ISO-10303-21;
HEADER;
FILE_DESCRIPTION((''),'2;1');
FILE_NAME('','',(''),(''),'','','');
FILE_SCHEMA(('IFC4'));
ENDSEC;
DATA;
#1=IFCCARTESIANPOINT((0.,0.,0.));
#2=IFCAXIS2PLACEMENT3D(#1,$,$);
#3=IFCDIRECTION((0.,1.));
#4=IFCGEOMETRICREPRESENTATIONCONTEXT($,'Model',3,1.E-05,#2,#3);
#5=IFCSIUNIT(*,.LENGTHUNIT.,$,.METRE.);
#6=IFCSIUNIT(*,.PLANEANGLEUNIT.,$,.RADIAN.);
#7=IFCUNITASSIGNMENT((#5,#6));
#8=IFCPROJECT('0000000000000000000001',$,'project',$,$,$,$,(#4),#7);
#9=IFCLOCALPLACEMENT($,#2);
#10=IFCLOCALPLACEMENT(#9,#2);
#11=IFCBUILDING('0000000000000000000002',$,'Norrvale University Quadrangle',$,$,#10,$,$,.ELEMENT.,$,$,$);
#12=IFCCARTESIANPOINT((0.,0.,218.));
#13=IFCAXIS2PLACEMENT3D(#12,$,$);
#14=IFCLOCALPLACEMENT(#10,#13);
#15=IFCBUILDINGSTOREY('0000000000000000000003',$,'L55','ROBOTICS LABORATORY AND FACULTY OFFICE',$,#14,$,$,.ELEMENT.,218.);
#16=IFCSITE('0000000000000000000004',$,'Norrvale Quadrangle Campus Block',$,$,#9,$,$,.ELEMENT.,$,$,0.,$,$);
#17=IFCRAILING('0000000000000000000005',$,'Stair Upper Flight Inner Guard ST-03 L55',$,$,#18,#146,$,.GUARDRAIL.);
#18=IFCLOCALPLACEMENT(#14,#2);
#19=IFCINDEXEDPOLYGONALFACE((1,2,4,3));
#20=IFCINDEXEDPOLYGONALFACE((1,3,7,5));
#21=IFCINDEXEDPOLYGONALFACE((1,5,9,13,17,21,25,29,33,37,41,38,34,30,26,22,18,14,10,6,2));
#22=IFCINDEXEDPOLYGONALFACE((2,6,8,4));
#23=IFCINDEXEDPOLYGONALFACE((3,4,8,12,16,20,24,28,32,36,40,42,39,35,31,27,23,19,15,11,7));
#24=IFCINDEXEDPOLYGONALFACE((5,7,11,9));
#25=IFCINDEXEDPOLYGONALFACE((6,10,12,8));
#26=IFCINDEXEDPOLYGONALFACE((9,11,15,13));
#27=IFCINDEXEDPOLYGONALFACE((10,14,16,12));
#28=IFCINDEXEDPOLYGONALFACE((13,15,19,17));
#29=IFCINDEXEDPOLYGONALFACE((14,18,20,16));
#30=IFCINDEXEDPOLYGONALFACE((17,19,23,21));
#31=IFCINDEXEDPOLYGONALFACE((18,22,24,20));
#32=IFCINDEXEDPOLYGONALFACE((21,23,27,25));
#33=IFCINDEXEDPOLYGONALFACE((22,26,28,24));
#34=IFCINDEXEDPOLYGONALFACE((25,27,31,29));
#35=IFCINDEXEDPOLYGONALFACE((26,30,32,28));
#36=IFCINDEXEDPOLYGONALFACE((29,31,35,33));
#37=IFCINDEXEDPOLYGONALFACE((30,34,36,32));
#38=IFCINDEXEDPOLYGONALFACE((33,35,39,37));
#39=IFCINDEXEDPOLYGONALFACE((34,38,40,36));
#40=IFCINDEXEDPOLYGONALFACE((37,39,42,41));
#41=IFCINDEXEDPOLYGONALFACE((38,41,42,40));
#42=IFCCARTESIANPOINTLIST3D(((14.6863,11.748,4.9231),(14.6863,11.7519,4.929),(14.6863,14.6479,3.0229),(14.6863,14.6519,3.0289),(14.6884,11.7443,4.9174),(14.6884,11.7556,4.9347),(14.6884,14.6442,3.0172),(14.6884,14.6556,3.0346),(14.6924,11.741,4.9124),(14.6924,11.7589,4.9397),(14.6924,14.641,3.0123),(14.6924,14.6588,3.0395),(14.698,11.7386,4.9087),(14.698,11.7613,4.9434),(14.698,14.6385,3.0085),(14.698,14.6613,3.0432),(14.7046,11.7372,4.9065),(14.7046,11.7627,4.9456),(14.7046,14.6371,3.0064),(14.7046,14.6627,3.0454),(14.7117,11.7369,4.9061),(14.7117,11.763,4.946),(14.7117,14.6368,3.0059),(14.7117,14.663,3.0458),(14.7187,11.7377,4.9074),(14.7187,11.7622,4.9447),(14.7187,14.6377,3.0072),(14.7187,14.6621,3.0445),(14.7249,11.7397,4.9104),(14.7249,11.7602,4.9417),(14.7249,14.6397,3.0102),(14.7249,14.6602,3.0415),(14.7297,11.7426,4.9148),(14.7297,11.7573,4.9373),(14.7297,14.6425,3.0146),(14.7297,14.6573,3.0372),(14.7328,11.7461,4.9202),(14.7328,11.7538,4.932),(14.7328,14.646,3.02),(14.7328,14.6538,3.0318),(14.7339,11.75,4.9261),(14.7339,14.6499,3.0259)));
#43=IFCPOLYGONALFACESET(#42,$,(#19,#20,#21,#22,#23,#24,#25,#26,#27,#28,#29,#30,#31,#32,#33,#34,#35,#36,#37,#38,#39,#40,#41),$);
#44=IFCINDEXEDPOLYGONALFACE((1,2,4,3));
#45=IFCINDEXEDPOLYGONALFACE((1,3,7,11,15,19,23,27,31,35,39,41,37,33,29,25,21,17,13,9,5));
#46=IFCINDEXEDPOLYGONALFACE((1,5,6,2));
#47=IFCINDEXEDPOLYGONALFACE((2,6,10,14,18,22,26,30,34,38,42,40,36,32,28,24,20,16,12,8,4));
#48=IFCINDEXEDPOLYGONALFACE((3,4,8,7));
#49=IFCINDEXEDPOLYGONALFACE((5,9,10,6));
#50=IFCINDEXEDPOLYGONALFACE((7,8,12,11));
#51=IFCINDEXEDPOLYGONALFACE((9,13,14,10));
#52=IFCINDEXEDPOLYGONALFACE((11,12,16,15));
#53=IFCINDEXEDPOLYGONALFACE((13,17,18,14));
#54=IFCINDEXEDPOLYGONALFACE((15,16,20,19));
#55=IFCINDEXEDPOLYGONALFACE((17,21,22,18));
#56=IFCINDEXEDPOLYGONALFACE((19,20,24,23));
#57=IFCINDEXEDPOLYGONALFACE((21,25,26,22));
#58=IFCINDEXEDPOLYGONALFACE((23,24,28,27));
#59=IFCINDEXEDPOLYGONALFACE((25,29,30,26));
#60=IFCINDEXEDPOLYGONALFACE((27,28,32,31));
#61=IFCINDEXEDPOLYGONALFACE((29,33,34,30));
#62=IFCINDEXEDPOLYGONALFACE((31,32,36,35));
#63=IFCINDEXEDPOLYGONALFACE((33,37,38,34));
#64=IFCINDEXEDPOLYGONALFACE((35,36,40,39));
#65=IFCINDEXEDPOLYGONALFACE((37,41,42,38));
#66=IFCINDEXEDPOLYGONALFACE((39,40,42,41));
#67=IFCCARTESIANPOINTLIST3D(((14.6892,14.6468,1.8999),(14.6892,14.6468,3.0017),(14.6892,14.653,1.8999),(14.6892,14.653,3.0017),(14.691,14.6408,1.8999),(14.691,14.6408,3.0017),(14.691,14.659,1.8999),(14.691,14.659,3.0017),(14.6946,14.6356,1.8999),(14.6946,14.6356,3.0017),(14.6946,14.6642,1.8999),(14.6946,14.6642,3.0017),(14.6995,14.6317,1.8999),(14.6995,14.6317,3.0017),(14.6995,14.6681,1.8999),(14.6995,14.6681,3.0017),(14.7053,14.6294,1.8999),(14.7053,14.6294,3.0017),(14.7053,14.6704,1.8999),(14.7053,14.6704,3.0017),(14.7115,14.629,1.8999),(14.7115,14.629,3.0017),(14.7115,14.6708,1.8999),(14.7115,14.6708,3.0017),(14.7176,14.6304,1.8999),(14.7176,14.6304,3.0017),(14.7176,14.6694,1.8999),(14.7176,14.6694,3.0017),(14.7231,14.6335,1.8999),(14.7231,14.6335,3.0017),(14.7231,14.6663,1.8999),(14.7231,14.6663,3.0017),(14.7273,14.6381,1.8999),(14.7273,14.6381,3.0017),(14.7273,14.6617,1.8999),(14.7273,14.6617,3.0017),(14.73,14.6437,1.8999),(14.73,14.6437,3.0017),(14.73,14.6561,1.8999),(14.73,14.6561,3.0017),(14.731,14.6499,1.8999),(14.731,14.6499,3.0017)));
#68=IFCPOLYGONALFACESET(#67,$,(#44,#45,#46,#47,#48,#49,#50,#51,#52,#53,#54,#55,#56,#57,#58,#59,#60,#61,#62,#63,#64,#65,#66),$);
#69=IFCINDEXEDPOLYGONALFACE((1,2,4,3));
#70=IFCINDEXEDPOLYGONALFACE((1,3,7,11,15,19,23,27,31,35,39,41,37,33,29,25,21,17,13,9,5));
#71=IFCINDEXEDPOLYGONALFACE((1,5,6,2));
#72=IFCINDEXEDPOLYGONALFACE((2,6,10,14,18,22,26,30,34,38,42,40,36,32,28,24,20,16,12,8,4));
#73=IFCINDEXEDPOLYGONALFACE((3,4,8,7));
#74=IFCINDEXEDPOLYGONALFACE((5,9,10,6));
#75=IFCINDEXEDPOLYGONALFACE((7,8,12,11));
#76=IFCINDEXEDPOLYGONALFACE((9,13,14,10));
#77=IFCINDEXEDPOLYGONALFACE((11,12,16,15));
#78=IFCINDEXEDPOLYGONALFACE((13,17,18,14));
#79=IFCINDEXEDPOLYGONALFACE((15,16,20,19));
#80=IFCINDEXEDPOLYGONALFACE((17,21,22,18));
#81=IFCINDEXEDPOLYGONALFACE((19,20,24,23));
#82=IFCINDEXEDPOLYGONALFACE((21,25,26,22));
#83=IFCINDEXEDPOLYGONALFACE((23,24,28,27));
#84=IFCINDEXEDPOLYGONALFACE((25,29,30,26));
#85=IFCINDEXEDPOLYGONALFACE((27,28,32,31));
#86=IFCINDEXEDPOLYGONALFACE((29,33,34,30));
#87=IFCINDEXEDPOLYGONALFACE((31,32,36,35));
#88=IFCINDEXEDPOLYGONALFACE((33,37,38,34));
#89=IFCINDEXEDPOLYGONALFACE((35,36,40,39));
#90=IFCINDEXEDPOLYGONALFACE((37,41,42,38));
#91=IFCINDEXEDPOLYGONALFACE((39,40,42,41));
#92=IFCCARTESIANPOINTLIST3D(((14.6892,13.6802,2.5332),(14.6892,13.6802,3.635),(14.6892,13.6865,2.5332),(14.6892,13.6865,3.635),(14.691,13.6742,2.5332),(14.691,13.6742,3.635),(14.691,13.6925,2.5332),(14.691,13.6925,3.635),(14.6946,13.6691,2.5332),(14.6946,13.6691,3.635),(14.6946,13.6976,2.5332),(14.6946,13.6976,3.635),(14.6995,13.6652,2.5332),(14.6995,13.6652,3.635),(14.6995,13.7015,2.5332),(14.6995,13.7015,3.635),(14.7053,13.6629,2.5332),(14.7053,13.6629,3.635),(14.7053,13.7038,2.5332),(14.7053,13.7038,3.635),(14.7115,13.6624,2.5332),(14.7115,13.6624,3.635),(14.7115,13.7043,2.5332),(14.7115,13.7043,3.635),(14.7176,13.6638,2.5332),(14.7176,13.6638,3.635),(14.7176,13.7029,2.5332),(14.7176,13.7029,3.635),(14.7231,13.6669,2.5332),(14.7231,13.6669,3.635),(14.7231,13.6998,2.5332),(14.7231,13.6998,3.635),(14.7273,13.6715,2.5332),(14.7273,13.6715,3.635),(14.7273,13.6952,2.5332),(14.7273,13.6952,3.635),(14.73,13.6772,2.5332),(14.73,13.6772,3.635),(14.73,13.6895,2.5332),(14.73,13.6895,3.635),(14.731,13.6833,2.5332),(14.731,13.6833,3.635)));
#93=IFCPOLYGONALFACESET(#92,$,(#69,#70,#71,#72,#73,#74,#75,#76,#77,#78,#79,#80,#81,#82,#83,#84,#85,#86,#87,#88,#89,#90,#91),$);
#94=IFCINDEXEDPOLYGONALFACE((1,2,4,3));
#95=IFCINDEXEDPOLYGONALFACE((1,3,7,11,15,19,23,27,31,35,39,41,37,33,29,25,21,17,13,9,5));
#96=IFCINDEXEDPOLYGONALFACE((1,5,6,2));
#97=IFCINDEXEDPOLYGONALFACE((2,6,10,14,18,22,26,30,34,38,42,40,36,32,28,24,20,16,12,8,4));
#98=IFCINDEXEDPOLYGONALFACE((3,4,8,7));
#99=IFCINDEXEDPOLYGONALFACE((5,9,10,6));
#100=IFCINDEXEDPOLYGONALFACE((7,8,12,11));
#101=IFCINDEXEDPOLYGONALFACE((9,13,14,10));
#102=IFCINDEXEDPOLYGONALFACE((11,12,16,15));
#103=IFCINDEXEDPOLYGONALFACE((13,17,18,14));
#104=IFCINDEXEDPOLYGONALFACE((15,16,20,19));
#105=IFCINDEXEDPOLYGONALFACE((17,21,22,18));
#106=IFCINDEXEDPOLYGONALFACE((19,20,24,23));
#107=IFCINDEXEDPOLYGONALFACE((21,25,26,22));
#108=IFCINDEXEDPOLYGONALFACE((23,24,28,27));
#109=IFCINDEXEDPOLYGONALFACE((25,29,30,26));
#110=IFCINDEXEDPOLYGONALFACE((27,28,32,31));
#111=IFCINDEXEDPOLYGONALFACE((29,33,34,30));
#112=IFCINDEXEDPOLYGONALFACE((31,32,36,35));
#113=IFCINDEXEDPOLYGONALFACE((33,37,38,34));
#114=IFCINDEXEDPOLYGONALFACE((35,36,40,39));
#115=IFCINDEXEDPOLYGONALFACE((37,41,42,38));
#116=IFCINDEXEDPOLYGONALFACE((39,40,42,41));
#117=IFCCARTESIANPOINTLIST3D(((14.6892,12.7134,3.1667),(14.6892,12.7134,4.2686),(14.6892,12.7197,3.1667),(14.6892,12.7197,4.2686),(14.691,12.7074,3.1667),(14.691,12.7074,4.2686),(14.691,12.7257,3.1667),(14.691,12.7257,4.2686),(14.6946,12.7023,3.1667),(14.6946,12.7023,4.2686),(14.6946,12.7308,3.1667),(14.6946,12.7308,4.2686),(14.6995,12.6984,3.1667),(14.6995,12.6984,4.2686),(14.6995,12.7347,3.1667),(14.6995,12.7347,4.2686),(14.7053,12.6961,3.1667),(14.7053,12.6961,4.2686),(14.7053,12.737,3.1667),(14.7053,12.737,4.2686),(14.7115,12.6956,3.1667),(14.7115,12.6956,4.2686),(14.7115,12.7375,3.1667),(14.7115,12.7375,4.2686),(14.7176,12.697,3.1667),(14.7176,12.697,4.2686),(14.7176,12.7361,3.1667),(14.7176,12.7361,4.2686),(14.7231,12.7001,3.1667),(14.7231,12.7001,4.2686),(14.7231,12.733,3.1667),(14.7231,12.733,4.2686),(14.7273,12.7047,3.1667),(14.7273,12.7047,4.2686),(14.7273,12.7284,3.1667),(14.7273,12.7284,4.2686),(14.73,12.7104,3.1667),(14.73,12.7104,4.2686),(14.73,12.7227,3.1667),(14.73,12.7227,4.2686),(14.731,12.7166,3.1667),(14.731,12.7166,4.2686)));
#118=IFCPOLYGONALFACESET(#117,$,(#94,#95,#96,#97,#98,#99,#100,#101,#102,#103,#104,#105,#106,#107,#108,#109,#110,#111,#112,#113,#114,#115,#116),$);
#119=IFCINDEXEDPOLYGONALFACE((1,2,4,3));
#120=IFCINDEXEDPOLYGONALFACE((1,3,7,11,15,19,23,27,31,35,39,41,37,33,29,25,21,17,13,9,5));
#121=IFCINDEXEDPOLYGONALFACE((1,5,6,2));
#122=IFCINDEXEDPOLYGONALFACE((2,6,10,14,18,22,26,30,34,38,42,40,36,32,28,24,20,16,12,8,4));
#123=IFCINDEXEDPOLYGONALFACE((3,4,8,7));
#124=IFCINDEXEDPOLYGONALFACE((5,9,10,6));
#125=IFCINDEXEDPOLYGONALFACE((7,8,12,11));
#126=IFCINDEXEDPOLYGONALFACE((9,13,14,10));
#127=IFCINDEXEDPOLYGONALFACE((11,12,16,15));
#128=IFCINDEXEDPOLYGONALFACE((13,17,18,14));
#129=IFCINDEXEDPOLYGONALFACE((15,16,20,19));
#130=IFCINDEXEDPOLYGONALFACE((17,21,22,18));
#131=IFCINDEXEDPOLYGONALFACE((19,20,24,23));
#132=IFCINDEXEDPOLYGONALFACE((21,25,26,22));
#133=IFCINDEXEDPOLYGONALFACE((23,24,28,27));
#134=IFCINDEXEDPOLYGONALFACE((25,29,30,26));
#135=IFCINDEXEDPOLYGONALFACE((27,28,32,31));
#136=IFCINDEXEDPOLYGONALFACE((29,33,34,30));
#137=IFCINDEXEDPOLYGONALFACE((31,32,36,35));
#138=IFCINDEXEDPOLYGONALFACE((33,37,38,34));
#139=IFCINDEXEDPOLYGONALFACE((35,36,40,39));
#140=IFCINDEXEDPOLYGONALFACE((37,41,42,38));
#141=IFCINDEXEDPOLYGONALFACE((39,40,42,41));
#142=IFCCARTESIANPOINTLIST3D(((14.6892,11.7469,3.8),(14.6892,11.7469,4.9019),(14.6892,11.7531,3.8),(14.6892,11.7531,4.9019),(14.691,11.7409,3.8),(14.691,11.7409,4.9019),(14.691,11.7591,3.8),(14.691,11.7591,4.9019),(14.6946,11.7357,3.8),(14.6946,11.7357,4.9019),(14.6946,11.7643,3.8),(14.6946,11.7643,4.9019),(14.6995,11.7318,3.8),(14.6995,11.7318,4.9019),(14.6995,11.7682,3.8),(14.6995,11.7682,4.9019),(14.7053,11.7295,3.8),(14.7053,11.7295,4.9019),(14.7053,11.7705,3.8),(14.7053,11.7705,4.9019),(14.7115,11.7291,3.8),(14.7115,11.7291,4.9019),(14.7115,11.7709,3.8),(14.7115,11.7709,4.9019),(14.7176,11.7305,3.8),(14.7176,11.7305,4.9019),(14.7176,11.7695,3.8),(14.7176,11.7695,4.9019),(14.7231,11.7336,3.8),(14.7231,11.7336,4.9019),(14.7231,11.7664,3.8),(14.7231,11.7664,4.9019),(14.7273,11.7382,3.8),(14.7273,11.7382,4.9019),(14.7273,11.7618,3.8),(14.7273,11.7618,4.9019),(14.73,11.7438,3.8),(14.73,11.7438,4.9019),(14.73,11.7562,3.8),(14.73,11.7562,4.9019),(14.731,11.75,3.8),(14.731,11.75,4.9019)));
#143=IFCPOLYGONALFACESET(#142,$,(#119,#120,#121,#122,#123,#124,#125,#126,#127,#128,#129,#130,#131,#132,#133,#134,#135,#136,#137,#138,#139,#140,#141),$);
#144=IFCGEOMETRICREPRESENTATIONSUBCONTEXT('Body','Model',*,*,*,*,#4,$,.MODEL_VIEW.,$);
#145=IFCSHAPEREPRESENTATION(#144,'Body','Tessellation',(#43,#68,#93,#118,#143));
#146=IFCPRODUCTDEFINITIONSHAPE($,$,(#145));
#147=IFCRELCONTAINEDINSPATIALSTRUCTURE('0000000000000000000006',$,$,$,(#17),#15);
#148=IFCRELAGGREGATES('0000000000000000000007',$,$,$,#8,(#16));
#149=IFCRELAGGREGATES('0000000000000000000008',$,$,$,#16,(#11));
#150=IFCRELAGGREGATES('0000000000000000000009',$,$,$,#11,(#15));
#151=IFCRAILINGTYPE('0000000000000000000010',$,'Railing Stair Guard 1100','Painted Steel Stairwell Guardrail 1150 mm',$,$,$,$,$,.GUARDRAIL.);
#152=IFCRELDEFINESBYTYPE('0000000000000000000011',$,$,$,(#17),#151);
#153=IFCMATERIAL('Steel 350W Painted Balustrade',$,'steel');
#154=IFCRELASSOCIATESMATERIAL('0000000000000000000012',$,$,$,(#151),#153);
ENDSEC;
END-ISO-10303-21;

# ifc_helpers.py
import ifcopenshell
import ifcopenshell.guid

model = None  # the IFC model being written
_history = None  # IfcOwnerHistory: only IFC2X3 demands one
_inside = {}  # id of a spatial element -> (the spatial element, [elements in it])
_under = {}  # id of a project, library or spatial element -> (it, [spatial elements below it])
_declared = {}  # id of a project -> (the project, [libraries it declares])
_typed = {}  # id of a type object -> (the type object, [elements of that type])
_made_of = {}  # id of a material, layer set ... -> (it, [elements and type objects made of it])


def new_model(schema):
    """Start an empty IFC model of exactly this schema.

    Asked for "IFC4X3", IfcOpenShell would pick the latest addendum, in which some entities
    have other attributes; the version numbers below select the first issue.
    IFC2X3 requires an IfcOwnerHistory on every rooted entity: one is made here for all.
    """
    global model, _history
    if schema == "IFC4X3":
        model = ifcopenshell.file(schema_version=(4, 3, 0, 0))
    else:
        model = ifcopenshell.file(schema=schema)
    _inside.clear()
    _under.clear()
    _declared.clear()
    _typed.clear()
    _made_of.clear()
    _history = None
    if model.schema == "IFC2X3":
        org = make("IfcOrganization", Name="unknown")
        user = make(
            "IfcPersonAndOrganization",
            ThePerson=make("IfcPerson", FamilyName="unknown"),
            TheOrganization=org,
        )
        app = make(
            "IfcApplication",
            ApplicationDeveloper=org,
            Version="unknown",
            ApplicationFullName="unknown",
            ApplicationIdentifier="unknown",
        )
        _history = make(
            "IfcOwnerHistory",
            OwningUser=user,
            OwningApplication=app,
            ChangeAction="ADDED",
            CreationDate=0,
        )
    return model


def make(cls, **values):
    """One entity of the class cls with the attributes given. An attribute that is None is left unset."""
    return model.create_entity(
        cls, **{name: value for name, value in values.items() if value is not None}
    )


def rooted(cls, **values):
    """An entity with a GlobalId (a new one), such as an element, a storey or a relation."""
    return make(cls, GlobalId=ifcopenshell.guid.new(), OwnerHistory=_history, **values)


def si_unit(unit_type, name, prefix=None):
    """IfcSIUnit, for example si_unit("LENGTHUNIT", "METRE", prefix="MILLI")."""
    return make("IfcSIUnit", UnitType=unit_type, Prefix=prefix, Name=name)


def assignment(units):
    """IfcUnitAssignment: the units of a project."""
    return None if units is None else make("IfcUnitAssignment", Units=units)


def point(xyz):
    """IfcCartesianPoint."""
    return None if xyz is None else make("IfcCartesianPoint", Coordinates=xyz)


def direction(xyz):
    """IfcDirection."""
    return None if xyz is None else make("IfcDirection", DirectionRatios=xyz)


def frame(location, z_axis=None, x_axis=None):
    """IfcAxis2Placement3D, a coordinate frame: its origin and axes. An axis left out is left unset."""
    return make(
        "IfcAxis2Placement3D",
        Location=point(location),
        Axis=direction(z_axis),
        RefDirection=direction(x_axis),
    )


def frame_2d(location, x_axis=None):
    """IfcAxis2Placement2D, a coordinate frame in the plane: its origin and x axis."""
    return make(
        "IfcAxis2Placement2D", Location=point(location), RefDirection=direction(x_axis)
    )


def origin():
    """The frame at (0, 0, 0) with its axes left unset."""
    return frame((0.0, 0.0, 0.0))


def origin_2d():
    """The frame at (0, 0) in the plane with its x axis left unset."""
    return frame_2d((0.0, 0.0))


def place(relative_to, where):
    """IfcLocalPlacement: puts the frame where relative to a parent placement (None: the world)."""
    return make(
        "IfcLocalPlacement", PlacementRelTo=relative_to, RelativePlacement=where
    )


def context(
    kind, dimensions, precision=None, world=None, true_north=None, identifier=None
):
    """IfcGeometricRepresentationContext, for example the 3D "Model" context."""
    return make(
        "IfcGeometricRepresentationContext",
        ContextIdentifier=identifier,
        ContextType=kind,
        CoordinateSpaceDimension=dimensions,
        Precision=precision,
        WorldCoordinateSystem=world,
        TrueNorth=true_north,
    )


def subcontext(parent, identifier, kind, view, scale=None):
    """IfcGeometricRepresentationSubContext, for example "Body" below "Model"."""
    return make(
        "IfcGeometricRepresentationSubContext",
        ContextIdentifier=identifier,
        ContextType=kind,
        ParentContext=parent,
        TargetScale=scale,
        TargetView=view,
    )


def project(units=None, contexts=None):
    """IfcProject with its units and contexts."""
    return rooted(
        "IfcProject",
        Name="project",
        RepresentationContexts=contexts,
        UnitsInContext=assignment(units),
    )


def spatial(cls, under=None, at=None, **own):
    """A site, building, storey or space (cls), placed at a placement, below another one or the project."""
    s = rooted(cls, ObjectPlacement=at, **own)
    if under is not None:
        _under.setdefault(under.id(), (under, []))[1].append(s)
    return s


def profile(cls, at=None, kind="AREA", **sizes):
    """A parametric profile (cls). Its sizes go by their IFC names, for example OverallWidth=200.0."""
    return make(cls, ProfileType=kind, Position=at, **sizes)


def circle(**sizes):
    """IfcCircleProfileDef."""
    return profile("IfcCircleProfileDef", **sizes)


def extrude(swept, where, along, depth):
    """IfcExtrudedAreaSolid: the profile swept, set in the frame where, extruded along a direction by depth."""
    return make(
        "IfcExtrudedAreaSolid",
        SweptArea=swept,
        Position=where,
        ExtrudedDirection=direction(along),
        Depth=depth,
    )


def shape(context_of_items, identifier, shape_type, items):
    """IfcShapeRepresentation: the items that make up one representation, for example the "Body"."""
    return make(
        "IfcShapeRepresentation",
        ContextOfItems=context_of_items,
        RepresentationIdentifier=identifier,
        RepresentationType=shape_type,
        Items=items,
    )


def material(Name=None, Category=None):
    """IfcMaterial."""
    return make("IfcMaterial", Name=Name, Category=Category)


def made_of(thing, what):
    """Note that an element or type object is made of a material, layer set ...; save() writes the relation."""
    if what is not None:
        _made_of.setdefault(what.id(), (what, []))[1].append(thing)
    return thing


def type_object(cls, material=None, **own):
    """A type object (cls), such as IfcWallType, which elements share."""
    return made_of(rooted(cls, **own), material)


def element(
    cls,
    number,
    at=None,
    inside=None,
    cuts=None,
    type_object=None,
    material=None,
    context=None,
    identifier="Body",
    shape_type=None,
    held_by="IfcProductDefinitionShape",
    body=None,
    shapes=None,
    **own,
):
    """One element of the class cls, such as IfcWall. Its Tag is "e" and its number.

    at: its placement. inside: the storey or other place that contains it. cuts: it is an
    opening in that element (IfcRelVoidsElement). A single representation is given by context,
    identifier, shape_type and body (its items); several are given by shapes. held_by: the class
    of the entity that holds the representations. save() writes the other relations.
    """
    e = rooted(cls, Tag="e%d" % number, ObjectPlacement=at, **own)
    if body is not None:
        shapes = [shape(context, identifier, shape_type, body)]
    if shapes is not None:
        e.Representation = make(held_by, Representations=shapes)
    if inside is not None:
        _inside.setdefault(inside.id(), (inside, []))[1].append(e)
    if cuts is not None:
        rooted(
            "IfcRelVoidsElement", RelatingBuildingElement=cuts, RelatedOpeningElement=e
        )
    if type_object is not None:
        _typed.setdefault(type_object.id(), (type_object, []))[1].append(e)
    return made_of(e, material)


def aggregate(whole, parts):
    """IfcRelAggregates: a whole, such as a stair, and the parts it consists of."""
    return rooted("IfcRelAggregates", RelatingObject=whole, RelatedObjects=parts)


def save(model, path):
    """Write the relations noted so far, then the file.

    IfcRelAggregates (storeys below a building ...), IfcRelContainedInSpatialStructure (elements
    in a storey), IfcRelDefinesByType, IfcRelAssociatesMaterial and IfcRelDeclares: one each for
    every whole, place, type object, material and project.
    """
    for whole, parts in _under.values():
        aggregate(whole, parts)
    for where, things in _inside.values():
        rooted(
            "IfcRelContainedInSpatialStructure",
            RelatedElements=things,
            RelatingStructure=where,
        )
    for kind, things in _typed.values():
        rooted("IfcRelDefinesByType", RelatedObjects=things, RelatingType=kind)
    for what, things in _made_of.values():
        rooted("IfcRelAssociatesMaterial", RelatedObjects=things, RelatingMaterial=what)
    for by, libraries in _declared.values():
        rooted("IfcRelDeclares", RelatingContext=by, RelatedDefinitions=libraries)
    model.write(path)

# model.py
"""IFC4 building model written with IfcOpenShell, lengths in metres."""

from ifc_helpers import new_model, si_unit, direction, frame, origin, origin_2d, place, context, subcontext, project, spatial, circle, extrude, material, type_object, element, save


model = new_model("IFC4")

# Units and contexts
model_context = context("Model", 3, precision=1e-05, world=origin(), true_north=direction((0.0, 1.0)))
body_context = subcontext(model_context, "Body", "Model", "MODEL_VIEW")
ifc_project = project(units=[si_unit("LENGTHUNIT", "METRE"), si_unit("PLANEANGLEUNIT", "RADIAN")], contexts=[model_context])

# Site, building, storey
site_placement = place(None, origin())
site = spatial("IfcSite", under=ifc_project, at=site_placement, Name="Norrvale Quadrangle Campus Block", CompositionType="ELEMENT", RefElevation=0.0)
building_placement = place(site_placement, origin())
building = spatial("IfcBuilding", under=site, at=building_placement, Name="Norrvale University Quadrangle", CompositionType="ELEMENT")
storey_placement = place(building_placement, frame((0.0, 0.0, 218.0)))
storey = spatial("IfcBuildingStorey", under=building, at=storey_placement, Name="L55", Description="ROBOTICS LABORATORY AND FACULTY OFFICE", CompositionType="ELEMENT", Elevation=218.0)

# Railing
ifc_material_1 = material(Name="Steel 350W Painted Balustrade", Category="steel")
railing_type_1 = type_object("IfcRailingType", Name="Railing Stair Guard 1100", Description="Painted Steel Stairwell Guardrail 1150 mm", PredefinedType="GUARDRAIL", material=ifc_material_1)
railing_1_placement = place(storey_placement, frame((14.71, 14.6499, 1.8999)))
element("IfcRailing", 1, at=railing_1_placement, inside=storey, type_object=railing_type_1, Name="Stair Upper Flight Inner Guard ST-03 L55", PredefinedType="GUARDRAIL", context=body_context, shape_type="SweptSolid", body=[
    extrude(circle(Radius=0.0239, at=origin_2d()), frame((0.0, 0.0, 1.126), z_axis=(0.0, -0.836433, 0.548069), x_axis=(1.0, 0.0, 0.0)), (0.0, 0.0, 1.0), 3.467),
    extrude(circle(Radius=0.021, at=origin_2d()), origin(), (0.0, 0.0, 1.0), 1.1018),
    extrude(circle(Radius=0.021, at=origin_2d()), frame((0.0, -0.9666, 0.6333)), (0.0, 0.0, 1.0), 1.1018),
    extrude(circle(Radius=0.021, at=origin_2d()), frame((0.0, -1.9333, 1.2668)), (0.0, 0.0, 1.0), 1.1018),
    extrude(circle(Radius=0.021, at=origin_2d()), frame((0.0, -2.8999, 1.9001)), (0.0, 0.0, 1.0), 1.1018),
])

save(model, "model.ifc")
